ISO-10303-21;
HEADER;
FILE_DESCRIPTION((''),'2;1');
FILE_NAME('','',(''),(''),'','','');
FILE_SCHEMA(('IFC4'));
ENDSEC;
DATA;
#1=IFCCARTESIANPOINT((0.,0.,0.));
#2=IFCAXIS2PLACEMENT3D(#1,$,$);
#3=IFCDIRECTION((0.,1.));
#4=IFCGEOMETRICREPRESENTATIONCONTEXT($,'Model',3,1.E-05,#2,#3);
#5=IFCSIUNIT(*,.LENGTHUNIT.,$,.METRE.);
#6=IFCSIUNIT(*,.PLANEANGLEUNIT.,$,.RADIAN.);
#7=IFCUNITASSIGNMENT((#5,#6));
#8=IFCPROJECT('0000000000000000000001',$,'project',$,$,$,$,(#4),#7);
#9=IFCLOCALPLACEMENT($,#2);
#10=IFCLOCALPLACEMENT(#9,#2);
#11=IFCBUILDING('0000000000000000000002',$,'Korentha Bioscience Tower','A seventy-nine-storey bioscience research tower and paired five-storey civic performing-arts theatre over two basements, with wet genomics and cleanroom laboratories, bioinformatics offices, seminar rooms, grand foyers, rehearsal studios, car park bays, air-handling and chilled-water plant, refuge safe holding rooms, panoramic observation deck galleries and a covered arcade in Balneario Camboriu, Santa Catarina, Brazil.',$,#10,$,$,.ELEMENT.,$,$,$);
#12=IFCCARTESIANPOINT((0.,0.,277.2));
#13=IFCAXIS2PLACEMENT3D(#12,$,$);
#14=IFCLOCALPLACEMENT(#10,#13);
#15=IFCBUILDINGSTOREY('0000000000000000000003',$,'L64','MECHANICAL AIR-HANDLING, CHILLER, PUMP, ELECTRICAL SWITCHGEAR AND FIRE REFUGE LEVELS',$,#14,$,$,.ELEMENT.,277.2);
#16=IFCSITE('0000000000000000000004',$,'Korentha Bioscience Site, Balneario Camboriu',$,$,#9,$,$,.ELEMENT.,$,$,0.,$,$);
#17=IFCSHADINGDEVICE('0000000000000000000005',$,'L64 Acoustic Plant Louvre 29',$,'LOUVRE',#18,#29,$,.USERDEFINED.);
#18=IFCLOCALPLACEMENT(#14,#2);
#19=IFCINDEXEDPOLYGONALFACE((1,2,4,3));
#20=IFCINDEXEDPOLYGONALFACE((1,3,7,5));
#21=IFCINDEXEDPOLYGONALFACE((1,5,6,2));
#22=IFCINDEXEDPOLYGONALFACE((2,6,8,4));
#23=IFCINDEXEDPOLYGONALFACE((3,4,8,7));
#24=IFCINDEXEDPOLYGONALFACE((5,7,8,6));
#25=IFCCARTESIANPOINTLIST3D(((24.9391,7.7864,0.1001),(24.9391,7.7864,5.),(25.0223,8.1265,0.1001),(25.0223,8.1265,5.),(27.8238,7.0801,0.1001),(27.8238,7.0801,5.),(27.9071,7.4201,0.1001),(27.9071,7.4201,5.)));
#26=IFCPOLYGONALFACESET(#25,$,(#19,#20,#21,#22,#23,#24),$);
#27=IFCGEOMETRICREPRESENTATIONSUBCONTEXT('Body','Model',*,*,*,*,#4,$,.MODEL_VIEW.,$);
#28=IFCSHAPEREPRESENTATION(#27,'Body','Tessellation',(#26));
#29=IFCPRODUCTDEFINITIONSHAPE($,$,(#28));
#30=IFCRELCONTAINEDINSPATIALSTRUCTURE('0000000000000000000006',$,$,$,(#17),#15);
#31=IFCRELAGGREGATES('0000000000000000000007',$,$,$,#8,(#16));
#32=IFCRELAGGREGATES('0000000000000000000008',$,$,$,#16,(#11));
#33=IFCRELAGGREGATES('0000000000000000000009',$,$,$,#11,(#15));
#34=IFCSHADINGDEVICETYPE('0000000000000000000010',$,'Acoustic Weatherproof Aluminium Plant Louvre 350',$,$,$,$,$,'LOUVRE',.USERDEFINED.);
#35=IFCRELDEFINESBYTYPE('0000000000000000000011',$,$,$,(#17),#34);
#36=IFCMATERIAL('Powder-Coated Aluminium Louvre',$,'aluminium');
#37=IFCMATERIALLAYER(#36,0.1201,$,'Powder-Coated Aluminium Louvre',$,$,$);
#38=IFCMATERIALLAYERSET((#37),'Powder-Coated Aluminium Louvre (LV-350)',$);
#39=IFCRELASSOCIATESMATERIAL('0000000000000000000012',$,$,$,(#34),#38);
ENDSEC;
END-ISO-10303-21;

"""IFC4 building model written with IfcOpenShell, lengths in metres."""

from ifc_helpers import new_model, si_unit, direction, frame, origin, origin_2d, place, context, subcontext, project, spatial, rectangle, extrude, material, layer, layer_set, type_object, element, save


model = new_model("IFC4")

# Units and contexts
model_context = context("Model", 3, precision=1e-05, world=origin(), true_north=direction((0.0, 1.0)))
body_context = subcontext(model_context, "Body", "Model", "MODEL_VIEW")
ifc_project = project(units=[si_unit("LENGTHUNIT", "METRE"), si_unit("PLANEANGLEUNIT", "RADIAN")], contexts=[model_context])

# Site, building, storey
site_placement = place(None, origin())
site = spatial("IfcSite", under=ifc_project, at=site_placement, Name="Korentha Bioscience Site, Balneario Camboriu", CompositionType="ELEMENT", RefElevation=0.0)
building_placement = place(site_placement, origin())
building = spatial("IfcBuilding", under=site, at=building_placement, Name="Korentha Bioscience Tower", Description="A seventy-nine-storey bioscience research tower and paired five-storey civic performing-arts theatre over two basements, with wet genomics and cleanroom laboratories, bioinformatics offices, seminar rooms, grand foyers, rehearsal studios, car park bays, air-handling and chilled-water plant, refuge safe holding rooms, panoramic observation deck galleries and a covered arcade in Balneario Camboriu, Santa Catarina, Brazil.", CompositionType="ELEMENT")
storey_placement = place(building_placement, frame((0.0, 0.0, 277.2)))
storey = spatial("IfcBuildingStorey", under=building, at=storey_placement, Name="L64", Description="MECHANICAL AIR-HANDLING, CHILLER, PUMP, ELECTRICAL SWITCHGEAR AND FIRE REFUGE LEVELS", CompositionType="ELEMENT", Elevation=277.2)

# Shading device
ifc_material_1 = material(Name="Powder-Coated Aluminium Louvre", Category="aluminium")
ifc_layer_1 = layer(ifc_material_1, 0.1201, Name="Powder-Coated Aluminium Louvre")
ifc_layer_set_1 = layer_set([ifc_layer_1], Name="Powder-Coated Aluminium Louvre (LV-350)")
shading_device_type = type_object("IfcShadingDeviceType", Name="Acoustic Weatherproof Aluminium Plant Louvre 350", ElementType="LOUVRE", PredefinedType="USERDEFINED", material=ifc_layer_set_1)
shading_device_1_placement = place(storey_placement, frame((26.4231, 7.6033, 0.1001), z_axis=(0.0, 0.0, 1.0), x_axis=(0.971308, -0.237827, 0.0)))
element("IfcShadingDevice", 1, at=shading_device_1_placement, inside=storey, type_object=shading_device_type, Name="L64 Acoustic Plant Louvre 29", ObjectType="LOUVRE", PredefinedType="USERDEFINED", context=body_context, shape_type="SweptSolid", body=[
    extrude(rectangle(XDim=2.97, YDim=0.3501, at=origin_2d()), origin(), (0.0, 0.0, 1.0), 4.8999),
])

save(model, "model.ifc")
